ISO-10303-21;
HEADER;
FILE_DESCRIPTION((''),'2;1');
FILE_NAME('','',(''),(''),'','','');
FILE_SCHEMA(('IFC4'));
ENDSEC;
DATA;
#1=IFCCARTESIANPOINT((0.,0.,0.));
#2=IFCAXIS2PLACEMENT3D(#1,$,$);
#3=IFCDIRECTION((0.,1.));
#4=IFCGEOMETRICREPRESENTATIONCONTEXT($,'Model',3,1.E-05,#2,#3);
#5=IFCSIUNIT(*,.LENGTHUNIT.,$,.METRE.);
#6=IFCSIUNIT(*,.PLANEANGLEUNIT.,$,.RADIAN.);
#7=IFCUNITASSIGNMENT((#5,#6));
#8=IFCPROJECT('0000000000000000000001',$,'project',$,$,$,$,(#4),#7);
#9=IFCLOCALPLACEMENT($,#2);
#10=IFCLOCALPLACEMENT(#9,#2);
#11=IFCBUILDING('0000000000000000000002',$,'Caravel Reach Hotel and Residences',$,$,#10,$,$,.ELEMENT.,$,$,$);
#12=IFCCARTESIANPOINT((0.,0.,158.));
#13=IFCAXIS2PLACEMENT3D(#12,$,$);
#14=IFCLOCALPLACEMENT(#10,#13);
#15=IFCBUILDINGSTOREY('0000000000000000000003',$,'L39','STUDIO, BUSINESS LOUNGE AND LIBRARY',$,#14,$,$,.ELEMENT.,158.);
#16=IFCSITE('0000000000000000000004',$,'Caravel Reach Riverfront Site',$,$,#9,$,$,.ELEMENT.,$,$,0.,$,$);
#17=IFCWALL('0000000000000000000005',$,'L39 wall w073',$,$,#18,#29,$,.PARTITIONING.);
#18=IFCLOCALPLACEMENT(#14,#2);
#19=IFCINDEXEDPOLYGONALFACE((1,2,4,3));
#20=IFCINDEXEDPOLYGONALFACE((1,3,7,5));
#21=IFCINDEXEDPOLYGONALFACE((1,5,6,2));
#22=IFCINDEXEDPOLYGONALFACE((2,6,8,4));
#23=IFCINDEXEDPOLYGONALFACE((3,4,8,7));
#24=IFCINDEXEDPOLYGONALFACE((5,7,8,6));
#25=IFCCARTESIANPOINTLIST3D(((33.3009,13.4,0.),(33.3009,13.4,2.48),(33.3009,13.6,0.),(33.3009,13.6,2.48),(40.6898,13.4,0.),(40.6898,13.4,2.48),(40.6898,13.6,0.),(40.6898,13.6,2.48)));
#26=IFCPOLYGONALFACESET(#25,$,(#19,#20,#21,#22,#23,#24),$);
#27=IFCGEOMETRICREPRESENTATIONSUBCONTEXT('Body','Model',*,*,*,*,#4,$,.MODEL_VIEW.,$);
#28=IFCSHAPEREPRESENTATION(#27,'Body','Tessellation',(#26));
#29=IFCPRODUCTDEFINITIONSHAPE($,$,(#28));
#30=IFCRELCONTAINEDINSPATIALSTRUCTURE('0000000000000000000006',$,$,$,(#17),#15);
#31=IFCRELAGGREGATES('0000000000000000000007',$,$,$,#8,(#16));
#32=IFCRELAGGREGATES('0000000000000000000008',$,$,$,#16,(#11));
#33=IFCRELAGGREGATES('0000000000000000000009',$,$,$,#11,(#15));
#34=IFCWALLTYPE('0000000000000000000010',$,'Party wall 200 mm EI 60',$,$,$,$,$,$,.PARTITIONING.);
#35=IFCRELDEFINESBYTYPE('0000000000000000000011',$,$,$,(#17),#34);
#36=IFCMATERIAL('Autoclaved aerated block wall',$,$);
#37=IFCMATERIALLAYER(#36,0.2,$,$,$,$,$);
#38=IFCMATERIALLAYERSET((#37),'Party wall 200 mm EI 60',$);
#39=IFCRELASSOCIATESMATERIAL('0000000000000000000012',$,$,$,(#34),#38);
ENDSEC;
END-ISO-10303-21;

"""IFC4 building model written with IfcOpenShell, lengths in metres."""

from ifc_helpers import new_model, si_unit, direction, frame, frame_2d, origin, place, context, subcontext, project, spatial, rectangle, extrude, material, layer, layer_set, type_object, element, save


model = new_model("IFC4")

# Units and contexts
model_context = context("Model", 3, precision=1e-05, world=origin(), true_north=direction((0.0, 1.0)))
body_context = subcontext(model_context, "Body", "Model", "MODEL_VIEW")
ifc_project = project(units=[si_unit("LENGTHUNIT", "METRE"), si_unit("PLANEANGLEUNIT", "RADIAN")], contexts=[model_context])

# Site, building, storey
site_placement = place(None, origin())
site = spatial("IfcSite", under=ifc_project, at=site_placement, Name="Caravel Reach Riverfront Site", CompositionType="ELEMENT", RefElevation=0.0)
building_placement = place(site_placement, origin())
building = spatial("IfcBuilding", under=site, at=building_placement, Name="Caravel Reach Hotel and Residences", CompositionType="ELEMENT")
storey_placement = place(building_placement, frame((0.0, 0.0, 158.0)))
storey = spatial("IfcBuildingStorey", under=building, at=storey_placement, Name="L39", Description="STUDIO, BUSINESS LOUNGE AND LIBRARY", CompositionType="ELEMENT", Elevation=158.0)

# Wall
ifc_material_1 = material(Name="Autoclaved aerated block wall")
ifc_layer_1 = layer(ifc_material_1, 0.2)
ifc_layer_set_1 = layer_set([ifc_layer_1], Name="Party wall 200 mm EI 60")
wall_type_1 = type_object("IfcWallType", Name="Party wall 200 mm EI 60", PredefinedType="PARTITIONING", material=ifc_layer_set_1)
wall_1_placement = place(storey_placement, frame((33.301, 13.5, 0.0), z_axis=(0.0, 0.0, 1.0), x_axis=(1.0, 0.0, 0.0)))
element("IfcWall", 1, at=wall_1_placement, inside=storey, type_object=wall_type_1, Name="L39 wall w073", PredefinedType="PARTITIONING", context=body_context, shape_type="SweptSolid", body=[
    extrude(rectangle(XDim=7.3889, YDim=0.2, at=frame_2d((3.6943, 0.0))), origin(), (0.0, 0.0, 1.0), 2.48),
])

save(model, "model.ifc")
